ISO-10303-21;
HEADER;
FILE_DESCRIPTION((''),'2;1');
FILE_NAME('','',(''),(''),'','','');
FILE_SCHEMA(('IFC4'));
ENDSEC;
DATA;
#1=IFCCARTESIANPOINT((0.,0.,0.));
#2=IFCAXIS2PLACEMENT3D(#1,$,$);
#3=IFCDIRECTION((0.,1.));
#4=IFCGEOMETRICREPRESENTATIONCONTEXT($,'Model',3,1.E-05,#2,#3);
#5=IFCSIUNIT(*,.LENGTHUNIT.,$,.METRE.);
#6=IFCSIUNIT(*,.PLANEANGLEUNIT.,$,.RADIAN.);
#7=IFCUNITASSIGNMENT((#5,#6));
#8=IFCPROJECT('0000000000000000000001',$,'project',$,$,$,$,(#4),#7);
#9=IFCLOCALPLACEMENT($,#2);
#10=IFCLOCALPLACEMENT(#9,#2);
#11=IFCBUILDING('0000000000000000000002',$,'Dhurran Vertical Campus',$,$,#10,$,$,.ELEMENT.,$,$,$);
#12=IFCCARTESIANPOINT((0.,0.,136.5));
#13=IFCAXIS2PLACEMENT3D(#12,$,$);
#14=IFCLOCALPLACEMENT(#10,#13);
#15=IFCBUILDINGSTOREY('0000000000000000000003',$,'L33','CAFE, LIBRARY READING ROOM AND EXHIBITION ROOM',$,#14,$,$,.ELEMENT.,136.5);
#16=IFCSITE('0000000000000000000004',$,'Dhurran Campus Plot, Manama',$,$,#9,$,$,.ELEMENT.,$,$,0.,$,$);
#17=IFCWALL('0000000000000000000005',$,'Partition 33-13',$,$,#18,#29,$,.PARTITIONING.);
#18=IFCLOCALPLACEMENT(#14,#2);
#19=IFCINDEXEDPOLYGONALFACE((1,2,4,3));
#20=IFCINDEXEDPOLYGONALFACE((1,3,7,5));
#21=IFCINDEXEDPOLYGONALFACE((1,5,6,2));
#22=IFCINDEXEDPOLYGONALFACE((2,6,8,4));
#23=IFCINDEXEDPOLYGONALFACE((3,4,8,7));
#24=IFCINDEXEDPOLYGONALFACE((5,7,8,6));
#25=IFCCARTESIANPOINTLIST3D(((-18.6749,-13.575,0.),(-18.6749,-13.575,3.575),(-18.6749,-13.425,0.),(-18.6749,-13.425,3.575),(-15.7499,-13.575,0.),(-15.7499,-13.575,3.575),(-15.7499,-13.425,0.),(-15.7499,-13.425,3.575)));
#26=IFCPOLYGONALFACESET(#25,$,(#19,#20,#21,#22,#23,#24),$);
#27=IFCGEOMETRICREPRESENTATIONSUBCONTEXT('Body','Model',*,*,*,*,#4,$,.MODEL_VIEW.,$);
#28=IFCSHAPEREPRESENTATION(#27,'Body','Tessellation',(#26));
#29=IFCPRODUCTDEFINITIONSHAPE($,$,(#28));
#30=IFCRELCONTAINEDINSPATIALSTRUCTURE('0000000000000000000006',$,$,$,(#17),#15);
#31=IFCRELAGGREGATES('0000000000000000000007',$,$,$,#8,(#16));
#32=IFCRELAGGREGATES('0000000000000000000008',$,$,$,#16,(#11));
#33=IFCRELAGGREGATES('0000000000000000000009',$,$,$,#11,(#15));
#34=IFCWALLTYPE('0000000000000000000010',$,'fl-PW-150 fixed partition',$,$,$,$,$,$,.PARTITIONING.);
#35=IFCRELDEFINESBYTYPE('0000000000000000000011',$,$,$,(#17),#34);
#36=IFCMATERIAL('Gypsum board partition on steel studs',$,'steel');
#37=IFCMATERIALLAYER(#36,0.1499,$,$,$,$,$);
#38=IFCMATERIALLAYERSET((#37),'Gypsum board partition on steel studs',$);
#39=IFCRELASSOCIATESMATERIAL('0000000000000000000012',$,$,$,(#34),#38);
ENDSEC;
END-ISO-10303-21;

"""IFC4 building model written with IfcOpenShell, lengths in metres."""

from ifc_helpers import new_model, si_unit, direction, frame, frame_2d, origin, place, context, subcontext, project, spatial, rectangle, extrude, material, layer, layer_set, type_object, element, save


model = new_model("IFC4")

# Units and contexts
model_context = context("Model", 3, precision=1e-05, world=origin(), true_north=direction((0.0, 1.0)))
body_context = subcontext(model_context, "Body", "Model", "MODEL_VIEW")
ifc_project = project(units=[si_unit("LENGTHUNIT", "METRE"), si_unit("PLANEANGLEUNIT", "RADIAN")], contexts=[model_context])

# Site, building, storey
site_placement = place(None, origin())
site = spatial("IfcSite", under=ifc_project, at=site_placement, Name="Dhurran Campus Plot, Manama", CompositionType="ELEMENT", RefElevation=0.0)
building_placement = place(site_placement, origin())
building = spatial("IfcBuilding", under=site, at=building_placement, Name="Dhurran Vertical Campus", CompositionType="ELEMENT")
storey_placement = place(building_placement, frame((0.0, 0.0, 136.5)))
storey = spatial("IfcBuildingStorey", under=building, at=storey_placement, Name="L33", Description="CAFE, LIBRARY READING ROOM AND EXHIBITION ROOM", CompositionType="ELEMENT", Elevation=136.5)

# Wall
ifc_material_1 = material(Name="Gypsum board partition on steel studs", Category="steel")
ifc_layer_1 = layer(ifc_material_1, 0.1499)
ifc_layer_set_1 = layer_set([ifc_layer_1], Name="Gypsum board partition on steel studs")
wall_type_1 = type_object("IfcWallType", Name="fl-PW-150 fixed partition", PredefinedType="PARTITIONING", material=ifc_layer_set_1)
wall_1_placement = place(storey_placement, frame((-15.75, -13.5, 0.0), z_axis=(0.0, 0.0, 1.0), x_axis=(-1.0, 0.0, 0.0)))
element("IfcWall", 1, at=wall_1_placement, inside=storey, type_object=wall_type_1, Name="Partition 33-13", PredefinedType="PARTITIONING", context=body_context, shape_type="SweptSolid", body=[
    extrude(rectangle(XDim=2.925, YDim=0.1499, at=frame_2d((1.4624, 0.0))), origin(), (0.0, 0.0, 1.0), 3.575),
])

save(model, "model.ifc")
